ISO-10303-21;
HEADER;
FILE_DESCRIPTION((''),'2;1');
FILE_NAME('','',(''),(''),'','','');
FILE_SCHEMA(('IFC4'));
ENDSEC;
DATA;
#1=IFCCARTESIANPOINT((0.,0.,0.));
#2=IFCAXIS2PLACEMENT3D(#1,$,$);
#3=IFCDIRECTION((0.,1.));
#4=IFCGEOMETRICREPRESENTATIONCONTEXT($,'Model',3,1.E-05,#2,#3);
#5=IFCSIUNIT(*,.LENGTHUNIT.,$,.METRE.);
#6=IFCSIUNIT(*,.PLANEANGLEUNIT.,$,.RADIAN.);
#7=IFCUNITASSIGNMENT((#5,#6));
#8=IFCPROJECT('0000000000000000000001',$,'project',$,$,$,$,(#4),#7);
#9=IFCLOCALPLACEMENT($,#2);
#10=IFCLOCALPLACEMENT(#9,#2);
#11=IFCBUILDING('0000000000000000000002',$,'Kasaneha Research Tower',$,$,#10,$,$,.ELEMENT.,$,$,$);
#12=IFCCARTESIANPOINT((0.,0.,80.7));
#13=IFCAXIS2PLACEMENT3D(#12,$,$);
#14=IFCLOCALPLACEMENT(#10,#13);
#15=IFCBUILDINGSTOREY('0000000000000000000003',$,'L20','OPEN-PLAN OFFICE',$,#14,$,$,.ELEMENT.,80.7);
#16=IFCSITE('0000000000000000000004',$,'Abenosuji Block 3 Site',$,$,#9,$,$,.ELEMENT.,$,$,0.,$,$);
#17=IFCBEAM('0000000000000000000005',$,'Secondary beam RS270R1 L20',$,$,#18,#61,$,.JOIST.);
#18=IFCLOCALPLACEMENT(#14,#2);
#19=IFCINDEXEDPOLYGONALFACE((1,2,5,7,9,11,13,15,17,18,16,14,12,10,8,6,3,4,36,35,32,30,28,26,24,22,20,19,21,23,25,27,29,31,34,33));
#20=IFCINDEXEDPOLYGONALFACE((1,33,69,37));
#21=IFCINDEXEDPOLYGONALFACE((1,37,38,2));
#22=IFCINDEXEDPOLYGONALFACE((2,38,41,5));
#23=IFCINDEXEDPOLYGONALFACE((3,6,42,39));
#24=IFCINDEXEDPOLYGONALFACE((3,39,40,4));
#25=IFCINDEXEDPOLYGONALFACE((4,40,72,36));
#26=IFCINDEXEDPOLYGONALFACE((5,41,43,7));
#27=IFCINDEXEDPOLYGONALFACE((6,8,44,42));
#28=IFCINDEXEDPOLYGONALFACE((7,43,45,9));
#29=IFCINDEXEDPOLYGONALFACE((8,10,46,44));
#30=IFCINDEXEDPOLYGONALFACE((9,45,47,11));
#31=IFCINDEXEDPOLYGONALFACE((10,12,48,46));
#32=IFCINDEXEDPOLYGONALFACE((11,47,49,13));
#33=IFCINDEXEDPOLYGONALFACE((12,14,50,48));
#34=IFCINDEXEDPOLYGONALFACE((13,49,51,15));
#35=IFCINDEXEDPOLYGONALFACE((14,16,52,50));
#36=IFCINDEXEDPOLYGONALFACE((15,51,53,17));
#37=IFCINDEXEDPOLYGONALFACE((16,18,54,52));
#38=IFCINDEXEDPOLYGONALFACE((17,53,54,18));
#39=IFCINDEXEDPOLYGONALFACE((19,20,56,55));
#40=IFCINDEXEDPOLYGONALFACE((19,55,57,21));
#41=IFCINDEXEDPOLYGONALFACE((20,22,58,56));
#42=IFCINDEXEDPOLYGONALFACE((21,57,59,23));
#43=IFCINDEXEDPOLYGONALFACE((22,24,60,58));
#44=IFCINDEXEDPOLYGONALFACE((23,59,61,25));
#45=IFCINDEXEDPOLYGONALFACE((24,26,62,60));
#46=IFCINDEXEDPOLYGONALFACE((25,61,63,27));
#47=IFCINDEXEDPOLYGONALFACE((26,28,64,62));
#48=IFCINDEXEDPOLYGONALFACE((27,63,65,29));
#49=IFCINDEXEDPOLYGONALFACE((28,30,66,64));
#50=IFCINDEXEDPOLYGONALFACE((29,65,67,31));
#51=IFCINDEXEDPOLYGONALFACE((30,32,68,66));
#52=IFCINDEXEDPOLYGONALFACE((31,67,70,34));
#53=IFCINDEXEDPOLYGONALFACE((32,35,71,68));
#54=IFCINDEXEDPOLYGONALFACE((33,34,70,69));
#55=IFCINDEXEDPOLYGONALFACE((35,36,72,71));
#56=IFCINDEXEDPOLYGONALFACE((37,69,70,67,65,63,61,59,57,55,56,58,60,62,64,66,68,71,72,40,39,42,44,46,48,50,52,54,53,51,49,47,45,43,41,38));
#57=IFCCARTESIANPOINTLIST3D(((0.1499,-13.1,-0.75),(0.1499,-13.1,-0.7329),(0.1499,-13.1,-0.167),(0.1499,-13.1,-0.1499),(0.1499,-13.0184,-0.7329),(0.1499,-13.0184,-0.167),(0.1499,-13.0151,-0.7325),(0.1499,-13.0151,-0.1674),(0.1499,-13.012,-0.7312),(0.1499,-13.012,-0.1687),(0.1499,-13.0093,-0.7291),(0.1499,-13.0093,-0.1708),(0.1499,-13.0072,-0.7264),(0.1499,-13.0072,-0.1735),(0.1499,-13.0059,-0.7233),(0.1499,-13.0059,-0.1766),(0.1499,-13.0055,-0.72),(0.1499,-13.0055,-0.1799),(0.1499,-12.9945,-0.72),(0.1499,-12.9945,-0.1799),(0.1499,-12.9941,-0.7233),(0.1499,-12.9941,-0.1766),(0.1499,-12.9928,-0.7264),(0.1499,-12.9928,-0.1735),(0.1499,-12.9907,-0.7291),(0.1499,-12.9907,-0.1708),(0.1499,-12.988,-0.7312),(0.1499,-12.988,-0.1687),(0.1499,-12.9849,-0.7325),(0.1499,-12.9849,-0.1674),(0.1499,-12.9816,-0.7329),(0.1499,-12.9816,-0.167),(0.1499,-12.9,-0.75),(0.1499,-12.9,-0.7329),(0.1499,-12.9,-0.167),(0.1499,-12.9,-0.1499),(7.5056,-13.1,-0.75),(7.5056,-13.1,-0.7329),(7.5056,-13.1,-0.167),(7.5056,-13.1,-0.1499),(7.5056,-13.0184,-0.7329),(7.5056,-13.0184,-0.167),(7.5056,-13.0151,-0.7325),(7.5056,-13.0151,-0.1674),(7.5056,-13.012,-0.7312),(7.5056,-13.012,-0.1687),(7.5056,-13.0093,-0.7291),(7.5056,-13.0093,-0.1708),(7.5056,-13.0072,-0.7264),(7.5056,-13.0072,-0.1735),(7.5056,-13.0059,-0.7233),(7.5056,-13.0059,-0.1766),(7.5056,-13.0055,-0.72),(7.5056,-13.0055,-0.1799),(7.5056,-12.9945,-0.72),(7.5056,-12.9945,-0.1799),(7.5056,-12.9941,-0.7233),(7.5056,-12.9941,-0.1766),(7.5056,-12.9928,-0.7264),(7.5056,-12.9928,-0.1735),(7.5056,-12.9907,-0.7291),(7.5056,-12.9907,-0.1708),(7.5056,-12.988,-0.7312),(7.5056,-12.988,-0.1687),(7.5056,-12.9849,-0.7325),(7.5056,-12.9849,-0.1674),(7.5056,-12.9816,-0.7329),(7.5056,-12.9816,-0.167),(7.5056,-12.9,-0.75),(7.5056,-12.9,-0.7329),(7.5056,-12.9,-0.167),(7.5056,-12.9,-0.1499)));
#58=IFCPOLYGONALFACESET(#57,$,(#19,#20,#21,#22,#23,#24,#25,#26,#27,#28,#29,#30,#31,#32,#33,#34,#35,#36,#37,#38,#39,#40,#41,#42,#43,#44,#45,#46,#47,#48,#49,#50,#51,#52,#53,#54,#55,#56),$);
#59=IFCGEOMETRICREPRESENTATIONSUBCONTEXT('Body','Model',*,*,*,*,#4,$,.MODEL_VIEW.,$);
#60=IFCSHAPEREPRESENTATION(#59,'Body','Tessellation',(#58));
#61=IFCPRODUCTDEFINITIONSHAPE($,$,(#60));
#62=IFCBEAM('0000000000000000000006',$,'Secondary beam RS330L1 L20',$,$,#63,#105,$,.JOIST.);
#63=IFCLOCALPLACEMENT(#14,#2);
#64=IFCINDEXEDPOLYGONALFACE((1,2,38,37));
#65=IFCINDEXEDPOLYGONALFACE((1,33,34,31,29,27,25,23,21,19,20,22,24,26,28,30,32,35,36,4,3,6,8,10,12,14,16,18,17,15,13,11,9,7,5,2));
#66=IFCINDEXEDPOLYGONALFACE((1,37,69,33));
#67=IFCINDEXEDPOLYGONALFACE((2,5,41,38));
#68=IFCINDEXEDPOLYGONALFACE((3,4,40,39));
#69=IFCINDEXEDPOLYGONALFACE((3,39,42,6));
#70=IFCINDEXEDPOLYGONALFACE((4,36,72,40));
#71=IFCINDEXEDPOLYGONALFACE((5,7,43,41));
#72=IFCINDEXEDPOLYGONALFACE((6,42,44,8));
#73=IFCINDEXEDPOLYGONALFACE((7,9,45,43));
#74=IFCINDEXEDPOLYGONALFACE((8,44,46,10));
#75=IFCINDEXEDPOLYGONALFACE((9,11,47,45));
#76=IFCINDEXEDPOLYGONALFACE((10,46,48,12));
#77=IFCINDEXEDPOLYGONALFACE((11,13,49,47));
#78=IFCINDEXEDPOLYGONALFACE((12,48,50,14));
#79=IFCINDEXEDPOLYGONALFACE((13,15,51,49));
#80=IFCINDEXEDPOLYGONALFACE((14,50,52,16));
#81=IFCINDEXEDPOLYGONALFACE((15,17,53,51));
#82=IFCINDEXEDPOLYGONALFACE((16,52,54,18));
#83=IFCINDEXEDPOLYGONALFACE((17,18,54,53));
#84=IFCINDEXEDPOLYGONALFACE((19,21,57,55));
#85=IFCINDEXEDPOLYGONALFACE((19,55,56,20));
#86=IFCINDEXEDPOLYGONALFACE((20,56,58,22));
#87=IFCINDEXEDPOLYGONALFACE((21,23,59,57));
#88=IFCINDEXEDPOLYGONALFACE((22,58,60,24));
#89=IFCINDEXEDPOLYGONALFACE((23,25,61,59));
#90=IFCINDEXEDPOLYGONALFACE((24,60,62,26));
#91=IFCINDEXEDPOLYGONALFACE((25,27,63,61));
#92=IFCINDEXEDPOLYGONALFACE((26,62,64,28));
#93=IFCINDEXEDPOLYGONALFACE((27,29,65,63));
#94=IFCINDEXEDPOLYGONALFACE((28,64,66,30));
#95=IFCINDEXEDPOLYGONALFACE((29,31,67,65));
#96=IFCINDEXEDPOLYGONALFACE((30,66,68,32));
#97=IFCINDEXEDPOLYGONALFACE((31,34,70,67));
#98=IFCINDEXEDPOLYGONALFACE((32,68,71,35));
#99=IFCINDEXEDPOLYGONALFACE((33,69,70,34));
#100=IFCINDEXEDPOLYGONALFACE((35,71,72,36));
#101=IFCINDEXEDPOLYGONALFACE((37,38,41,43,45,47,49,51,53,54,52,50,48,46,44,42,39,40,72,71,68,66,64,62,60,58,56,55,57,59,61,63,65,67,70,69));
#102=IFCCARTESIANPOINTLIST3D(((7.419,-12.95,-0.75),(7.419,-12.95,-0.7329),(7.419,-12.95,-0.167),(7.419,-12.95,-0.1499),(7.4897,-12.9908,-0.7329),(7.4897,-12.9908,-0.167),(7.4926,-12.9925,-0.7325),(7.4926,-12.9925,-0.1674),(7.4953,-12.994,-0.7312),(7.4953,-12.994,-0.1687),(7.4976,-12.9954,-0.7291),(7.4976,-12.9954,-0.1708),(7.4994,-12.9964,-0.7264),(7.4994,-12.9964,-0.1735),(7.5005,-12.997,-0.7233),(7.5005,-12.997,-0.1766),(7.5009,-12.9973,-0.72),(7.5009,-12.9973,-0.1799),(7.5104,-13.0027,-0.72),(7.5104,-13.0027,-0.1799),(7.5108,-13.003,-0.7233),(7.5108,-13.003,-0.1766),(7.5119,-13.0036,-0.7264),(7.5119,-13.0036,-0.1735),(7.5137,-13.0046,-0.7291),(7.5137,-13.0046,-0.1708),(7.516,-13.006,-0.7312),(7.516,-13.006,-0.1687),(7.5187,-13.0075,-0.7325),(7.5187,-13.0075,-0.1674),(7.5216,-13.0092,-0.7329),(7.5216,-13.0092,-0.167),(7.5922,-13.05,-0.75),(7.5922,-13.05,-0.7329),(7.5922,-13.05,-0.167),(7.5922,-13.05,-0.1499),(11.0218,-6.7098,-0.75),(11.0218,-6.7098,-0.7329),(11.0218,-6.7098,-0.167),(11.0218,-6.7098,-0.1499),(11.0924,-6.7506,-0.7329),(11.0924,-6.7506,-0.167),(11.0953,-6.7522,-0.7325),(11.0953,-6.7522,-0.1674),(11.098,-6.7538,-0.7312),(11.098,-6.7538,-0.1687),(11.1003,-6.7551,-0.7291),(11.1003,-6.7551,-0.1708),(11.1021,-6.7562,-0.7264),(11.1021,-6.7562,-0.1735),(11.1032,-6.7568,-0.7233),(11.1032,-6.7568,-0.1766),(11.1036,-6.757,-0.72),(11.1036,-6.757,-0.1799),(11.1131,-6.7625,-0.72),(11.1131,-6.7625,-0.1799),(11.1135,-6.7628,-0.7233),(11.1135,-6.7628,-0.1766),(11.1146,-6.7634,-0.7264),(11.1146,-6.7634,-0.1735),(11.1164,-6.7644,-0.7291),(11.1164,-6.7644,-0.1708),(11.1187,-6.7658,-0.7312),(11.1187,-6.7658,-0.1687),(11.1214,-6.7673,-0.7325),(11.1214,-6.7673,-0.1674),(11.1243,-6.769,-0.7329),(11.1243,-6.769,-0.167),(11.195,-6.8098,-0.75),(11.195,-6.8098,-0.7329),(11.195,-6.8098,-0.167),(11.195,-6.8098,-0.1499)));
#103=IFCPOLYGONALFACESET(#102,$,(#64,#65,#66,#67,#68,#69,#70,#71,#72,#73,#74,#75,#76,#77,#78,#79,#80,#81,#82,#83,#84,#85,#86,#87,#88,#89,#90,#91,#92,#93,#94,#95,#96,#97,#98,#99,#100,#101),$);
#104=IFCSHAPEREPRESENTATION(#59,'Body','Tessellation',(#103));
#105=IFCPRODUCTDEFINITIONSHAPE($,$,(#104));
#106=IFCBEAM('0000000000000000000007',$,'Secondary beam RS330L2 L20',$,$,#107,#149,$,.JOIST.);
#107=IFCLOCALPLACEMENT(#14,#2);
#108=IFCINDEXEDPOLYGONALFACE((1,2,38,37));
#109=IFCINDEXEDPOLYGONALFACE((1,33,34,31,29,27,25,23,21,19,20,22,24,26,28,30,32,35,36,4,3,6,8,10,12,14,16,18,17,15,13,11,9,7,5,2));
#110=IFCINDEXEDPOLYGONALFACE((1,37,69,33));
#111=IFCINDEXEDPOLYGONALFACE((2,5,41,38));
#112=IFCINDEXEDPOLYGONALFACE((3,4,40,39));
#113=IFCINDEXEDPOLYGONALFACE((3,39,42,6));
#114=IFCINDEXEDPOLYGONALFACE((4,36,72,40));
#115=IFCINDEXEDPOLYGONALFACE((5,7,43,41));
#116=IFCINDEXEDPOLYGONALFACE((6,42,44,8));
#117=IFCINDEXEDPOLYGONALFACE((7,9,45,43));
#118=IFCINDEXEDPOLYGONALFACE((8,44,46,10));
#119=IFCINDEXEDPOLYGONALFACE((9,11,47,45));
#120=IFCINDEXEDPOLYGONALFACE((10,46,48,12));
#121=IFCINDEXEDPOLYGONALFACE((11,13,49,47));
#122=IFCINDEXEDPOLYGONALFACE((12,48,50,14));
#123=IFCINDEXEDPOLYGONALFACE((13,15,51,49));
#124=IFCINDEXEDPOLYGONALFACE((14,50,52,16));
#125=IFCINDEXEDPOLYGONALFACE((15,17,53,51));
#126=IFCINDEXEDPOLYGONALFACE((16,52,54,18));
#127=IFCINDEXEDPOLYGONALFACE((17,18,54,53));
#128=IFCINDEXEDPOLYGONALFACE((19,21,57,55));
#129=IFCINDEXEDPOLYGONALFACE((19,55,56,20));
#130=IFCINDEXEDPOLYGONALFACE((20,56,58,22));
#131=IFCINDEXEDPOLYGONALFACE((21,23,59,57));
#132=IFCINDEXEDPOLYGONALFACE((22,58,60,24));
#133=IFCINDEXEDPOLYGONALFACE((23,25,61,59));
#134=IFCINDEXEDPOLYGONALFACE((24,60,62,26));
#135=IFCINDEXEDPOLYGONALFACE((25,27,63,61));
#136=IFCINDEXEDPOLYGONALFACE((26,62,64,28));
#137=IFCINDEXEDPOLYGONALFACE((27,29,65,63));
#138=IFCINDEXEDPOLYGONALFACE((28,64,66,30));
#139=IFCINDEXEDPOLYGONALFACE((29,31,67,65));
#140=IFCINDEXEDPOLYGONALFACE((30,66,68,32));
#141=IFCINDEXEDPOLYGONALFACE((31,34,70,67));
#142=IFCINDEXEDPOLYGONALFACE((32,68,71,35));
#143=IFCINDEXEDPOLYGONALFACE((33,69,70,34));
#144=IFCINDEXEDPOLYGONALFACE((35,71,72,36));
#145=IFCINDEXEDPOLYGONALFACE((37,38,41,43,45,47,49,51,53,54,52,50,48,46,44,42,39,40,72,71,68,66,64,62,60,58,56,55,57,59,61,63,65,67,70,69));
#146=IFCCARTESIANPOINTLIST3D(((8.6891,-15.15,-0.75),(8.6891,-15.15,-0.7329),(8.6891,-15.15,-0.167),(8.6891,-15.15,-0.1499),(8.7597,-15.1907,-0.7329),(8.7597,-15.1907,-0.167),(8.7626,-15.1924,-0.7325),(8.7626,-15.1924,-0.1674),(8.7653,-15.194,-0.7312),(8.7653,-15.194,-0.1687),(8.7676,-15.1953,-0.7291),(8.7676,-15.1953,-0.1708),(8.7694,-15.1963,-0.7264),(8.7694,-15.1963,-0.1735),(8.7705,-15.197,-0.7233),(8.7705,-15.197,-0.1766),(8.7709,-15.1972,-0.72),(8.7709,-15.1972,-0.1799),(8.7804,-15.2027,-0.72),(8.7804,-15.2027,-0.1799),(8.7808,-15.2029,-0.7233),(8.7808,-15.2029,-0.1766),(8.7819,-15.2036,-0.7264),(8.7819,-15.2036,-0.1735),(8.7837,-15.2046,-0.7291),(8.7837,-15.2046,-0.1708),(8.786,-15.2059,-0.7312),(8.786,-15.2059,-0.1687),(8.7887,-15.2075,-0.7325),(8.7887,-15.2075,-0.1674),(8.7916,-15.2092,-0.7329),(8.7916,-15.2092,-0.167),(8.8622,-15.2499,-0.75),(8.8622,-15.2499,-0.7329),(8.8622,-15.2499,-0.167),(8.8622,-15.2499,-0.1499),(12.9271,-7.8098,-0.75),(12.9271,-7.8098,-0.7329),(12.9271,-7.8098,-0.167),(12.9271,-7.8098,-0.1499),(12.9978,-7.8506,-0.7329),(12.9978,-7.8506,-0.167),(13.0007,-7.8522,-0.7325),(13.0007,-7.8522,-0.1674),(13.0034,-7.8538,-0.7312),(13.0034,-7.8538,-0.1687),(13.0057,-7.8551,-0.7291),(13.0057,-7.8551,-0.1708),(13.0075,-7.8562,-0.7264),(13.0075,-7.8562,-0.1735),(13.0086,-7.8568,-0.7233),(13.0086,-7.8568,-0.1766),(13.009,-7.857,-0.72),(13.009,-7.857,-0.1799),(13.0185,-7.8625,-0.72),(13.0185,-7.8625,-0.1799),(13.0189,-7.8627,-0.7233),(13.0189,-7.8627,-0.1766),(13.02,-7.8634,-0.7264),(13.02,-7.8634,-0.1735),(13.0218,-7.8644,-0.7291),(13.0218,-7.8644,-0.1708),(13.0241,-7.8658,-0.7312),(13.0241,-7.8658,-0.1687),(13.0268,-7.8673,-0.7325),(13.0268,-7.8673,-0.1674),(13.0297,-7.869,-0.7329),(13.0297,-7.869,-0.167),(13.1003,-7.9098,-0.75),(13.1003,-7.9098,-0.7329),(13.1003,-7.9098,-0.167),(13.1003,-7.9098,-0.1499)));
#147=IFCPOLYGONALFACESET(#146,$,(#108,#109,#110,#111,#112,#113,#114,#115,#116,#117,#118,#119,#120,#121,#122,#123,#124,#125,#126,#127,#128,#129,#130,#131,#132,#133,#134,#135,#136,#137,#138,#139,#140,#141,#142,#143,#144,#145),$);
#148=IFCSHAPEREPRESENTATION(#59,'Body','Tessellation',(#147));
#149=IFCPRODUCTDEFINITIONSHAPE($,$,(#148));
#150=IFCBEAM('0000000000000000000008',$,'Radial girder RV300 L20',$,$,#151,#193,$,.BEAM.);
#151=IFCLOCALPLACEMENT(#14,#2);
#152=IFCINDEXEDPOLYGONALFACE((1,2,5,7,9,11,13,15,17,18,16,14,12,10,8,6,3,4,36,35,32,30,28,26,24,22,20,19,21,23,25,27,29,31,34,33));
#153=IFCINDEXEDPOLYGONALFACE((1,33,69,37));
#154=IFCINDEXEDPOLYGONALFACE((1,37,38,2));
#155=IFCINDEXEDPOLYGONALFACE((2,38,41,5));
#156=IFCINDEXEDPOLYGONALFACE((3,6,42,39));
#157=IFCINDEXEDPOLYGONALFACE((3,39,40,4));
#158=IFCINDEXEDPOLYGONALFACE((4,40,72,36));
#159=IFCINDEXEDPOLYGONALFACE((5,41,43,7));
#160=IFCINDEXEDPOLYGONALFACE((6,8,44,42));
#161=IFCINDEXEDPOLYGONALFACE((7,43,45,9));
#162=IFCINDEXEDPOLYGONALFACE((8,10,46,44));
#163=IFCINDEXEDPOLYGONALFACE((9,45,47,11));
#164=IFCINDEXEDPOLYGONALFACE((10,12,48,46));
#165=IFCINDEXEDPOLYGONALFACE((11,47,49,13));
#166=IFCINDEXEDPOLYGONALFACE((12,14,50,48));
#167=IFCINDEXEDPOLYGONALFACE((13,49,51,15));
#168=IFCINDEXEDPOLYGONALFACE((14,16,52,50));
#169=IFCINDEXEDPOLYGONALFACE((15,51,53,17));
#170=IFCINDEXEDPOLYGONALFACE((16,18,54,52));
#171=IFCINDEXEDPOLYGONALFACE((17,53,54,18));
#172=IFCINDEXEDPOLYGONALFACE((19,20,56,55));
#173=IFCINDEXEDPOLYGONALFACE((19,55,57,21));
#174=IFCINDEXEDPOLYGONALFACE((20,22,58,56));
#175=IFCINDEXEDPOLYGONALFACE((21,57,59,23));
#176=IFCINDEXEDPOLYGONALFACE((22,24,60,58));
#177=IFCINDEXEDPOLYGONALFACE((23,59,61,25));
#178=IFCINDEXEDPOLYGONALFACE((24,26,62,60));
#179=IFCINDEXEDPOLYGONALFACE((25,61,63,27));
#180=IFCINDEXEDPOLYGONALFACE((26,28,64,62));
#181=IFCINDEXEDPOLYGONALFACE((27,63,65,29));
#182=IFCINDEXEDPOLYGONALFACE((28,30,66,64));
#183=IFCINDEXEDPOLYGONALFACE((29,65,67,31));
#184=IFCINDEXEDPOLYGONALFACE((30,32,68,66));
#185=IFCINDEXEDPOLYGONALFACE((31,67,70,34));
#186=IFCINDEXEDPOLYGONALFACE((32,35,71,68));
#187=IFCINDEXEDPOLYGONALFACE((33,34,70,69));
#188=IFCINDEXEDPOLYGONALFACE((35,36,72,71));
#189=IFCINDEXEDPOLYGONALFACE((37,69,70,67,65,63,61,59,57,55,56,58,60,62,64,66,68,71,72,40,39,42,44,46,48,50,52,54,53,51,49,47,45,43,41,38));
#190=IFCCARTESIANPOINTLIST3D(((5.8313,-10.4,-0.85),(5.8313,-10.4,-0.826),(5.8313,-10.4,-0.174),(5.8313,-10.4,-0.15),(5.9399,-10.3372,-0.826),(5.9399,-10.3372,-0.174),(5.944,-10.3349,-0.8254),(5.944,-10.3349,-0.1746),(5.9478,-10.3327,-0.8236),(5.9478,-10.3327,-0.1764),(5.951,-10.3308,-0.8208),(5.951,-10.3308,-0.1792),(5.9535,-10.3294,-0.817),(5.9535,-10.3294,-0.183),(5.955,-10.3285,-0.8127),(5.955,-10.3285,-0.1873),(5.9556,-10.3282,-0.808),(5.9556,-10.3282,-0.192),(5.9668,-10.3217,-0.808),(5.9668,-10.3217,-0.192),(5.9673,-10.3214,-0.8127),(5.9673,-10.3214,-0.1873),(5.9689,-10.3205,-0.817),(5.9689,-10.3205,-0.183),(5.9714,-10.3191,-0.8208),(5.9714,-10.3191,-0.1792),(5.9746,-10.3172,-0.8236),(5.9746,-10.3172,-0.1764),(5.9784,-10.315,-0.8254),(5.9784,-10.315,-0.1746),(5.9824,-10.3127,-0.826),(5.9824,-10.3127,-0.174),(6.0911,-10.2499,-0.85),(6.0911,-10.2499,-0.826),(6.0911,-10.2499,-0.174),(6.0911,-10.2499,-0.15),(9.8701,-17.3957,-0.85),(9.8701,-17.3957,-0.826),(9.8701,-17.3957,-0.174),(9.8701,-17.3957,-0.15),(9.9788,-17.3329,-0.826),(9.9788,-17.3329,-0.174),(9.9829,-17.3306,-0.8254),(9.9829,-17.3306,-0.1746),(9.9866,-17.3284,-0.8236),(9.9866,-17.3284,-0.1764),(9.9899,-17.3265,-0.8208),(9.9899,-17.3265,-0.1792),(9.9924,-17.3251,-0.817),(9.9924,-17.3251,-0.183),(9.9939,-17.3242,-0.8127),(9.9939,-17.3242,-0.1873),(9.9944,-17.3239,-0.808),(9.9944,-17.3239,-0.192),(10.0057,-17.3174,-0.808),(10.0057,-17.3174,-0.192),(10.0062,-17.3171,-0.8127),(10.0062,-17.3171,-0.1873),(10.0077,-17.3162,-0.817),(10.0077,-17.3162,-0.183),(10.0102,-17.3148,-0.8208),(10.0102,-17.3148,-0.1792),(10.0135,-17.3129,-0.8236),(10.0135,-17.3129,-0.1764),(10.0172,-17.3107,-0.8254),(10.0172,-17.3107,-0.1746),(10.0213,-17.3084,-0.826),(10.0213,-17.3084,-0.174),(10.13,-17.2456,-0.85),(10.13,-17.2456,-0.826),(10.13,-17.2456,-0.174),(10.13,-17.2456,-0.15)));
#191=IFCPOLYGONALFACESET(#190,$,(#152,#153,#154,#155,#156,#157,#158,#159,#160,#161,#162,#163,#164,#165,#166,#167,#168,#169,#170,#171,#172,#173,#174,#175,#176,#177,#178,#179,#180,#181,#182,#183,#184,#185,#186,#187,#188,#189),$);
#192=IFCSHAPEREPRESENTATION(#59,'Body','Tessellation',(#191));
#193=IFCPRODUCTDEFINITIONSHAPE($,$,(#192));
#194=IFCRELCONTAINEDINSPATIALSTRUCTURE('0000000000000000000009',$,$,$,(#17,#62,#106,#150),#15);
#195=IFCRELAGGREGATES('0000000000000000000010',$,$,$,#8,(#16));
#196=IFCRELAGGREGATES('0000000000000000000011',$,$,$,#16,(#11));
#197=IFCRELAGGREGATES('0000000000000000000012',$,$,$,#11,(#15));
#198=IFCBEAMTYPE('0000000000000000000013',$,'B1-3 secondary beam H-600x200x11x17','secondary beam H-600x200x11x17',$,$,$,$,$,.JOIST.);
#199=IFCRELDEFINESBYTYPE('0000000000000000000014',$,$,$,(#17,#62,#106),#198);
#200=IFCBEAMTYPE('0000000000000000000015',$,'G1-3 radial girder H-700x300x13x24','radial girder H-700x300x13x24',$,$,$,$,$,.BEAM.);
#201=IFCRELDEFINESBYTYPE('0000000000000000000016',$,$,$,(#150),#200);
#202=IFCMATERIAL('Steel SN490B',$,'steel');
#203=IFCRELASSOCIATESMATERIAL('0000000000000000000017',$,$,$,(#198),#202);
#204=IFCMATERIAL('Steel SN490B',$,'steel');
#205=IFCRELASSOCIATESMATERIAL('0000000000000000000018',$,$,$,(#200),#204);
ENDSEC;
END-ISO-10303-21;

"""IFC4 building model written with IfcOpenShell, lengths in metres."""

from ifc_helpers import new_model, si_unit, direction, frame, origin, origin_2d, place, context, subcontext, project, spatial, i_section, extrude, material, material_profile, profile_set, type_object, element, save


model = new_model("IFC4")

# Units and contexts
model_context = context("Model", 3, precision=1e-05, world=origin(), true_north=direction((0.0, 1.0)))
body_context = subcontext(model_context, "Body", "Model", "MODEL_VIEW")
ifc_project = project(units=[si_unit("LENGTHUNIT", "METRE"), si_unit("PLANEANGLEUNIT", "RADIAN")], contexts=[model_context])

# Site, building, storey
site_placement = place(None, origin())
site = spatial("IfcSite", under=ifc_project, at=site_placement, Name="Abenosuji Block 3 Site", CompositionType="ELEMENT", RefElevation=0.0)
building_placement = place(site_placement, origin())
building = spatial("IfcBuilding", under=site, at=building_placement, Name="Kasaneha Research Tower", CompositionType="ELEMENT")
storey_placement = place(building_placement, frame((0.0, 0.0, 80.7)))
storey = spatial("IfcBuildingStorey", under=building, at=storey_placement, Name="L20", Description="OPEN-PLAN OFFICE", CompositionType="ELEMENT", Elevation=80.7)

# Beams
ifc_material_1 = material(Name="Steel SN490B", Category="steel")
ifc_material_profile_1 = material_profile(ifc_material_1, i_section(OverallWidth=0.2, OverallDepth=0.6001, WebThickness=0.011, FlangeThickness=0.0171, FilletRadius=0.0129, at=origin_2d()), Name="H-600x200x11x17")
ifc_profile_set_1 = profile_set([ifc_material_profile_1], Name="Steel SN490B")
beam_type_1 = type_object("IfcBeamType", Name="B1-3 secondary beam H-600x200x11x17", Description="secondary beam H-600x200x11x17", PredefinedType="JOIST", material=ifc_profile_set_1)
beam_1_placement = place(storey_placement, frame((7.5056, -13.0, -0.45), z_axis=(-1.0, 0.0, 0.0), x_axis=(0.0, -1.0, 0.0)))
element("IfcBeam", 1, at=beam_1_placement, inside=storey, type_object=beam_type_1, Name="Secondary beam RS270R1 L20", PredefinedType="JOIST", context=body_context, shape_type="SweptSolid", body=[
    extrude(i_section(OverallWidth=0.2, OverallDepth=0.6001, WebThickness=0.011, FlangeThickness=0.0171, FilletRadius=0.0129, at=origin_2d()), origin(), (0.0, 0.0, 1.0), 7.3557),
])
beam_2_placement = place(storey_placement, frame((7.5056, -13.0, -0.45), z_axis=(0.499998, 0.866026, 0.0), x_axis=(-0.866026, 0.499998, 0.0)))
element("IfcBeam", 2, at=beam_2_placement, inside=storey, type_object=beam_type_1, Name="Secondary beam RS330L1 L20", PredefinedType="JOIST", context=body_context, shape_type="SweptSolid", body=[
    extrude(i_section(OverallWidth=0.2, OverallDepth=0.6001, WebThickness=0.011, FlangeThickness=0.0171, FilletRadius=0.0129, at=origin_2d()), origin(), (0.0, 0.0, 1.0), 7.2056),
])
beam_3_placement = place(storey_placement, frame((8.7756, -15.2, -0.45), z_axis=(0.500021, 0.866013, 0.0), x_axis=(-0.866013, 0.500021, 0.0)))
element("IfcBeam", 3, at=beam_3_placement, inside=storey, type_object=beam_type_1, Name="Secondary beam RS330L2 L20", PredefinedType="JOIST", context=body_context, shape_type="SweptSolid", body=[
    extrude(i_section(OverallWidth=0.2, OverallDepth=0.6001, WebThickness=0.011, FlangeThickness=0.0171, FilletRadius=0.0129, at=origin_2d()), origin(), (0.0, 0.0, 1.0), 8.4758),
])
ifc_material_2 = material(Name="Steel SN490B", Category="steel")
ifc_material_profile_2 = material_profile(ifc_material_2, i_section(OverallWidth=0.3, OverallDepth=0.7, WebThickness=0.0129, FlangeThickness=0.0239, FilletRadius=0.0181, at=origin_2d()), Name="H-700x300x13x24")
ifc_profile_set_2 = profile_set([ifc_material_profile_2], Name="Steel SN490B")
beam_type_2 = type_object("IfcBeamType", Name="G1-3 radial girder H-700x300x13x24", Description="radial girder H-700x300x13x24", PredefinedType="BEAM", material=ifc_profile_set_2)
beam_4_placement = place(storey_placement, frame((5.9612, -10.325, -0.5), z_axis=(0.499991, -0.866031, 0.0), x_axis=(0.866031, 0.499991, 0.0)))
element("IfcBeam", 4, at=beam_4_placement, inside=storey, type_object=beam_type_2, Name="Radial girder RV300 L20", PredefinedType="BEAM", context=body_context, shape_type="SweptSolid", body=[
    extrude(i_section(OverallWidth=0.3, OverallDepth=0.7, WebThickness=0.0129, FlangeThickness=0.0239, FilletRadius=0.0181, at=origin_2d()), origin(), (0.0, 0.0, 1.0), 8.0779),
])

save(model, "model.ifc")
